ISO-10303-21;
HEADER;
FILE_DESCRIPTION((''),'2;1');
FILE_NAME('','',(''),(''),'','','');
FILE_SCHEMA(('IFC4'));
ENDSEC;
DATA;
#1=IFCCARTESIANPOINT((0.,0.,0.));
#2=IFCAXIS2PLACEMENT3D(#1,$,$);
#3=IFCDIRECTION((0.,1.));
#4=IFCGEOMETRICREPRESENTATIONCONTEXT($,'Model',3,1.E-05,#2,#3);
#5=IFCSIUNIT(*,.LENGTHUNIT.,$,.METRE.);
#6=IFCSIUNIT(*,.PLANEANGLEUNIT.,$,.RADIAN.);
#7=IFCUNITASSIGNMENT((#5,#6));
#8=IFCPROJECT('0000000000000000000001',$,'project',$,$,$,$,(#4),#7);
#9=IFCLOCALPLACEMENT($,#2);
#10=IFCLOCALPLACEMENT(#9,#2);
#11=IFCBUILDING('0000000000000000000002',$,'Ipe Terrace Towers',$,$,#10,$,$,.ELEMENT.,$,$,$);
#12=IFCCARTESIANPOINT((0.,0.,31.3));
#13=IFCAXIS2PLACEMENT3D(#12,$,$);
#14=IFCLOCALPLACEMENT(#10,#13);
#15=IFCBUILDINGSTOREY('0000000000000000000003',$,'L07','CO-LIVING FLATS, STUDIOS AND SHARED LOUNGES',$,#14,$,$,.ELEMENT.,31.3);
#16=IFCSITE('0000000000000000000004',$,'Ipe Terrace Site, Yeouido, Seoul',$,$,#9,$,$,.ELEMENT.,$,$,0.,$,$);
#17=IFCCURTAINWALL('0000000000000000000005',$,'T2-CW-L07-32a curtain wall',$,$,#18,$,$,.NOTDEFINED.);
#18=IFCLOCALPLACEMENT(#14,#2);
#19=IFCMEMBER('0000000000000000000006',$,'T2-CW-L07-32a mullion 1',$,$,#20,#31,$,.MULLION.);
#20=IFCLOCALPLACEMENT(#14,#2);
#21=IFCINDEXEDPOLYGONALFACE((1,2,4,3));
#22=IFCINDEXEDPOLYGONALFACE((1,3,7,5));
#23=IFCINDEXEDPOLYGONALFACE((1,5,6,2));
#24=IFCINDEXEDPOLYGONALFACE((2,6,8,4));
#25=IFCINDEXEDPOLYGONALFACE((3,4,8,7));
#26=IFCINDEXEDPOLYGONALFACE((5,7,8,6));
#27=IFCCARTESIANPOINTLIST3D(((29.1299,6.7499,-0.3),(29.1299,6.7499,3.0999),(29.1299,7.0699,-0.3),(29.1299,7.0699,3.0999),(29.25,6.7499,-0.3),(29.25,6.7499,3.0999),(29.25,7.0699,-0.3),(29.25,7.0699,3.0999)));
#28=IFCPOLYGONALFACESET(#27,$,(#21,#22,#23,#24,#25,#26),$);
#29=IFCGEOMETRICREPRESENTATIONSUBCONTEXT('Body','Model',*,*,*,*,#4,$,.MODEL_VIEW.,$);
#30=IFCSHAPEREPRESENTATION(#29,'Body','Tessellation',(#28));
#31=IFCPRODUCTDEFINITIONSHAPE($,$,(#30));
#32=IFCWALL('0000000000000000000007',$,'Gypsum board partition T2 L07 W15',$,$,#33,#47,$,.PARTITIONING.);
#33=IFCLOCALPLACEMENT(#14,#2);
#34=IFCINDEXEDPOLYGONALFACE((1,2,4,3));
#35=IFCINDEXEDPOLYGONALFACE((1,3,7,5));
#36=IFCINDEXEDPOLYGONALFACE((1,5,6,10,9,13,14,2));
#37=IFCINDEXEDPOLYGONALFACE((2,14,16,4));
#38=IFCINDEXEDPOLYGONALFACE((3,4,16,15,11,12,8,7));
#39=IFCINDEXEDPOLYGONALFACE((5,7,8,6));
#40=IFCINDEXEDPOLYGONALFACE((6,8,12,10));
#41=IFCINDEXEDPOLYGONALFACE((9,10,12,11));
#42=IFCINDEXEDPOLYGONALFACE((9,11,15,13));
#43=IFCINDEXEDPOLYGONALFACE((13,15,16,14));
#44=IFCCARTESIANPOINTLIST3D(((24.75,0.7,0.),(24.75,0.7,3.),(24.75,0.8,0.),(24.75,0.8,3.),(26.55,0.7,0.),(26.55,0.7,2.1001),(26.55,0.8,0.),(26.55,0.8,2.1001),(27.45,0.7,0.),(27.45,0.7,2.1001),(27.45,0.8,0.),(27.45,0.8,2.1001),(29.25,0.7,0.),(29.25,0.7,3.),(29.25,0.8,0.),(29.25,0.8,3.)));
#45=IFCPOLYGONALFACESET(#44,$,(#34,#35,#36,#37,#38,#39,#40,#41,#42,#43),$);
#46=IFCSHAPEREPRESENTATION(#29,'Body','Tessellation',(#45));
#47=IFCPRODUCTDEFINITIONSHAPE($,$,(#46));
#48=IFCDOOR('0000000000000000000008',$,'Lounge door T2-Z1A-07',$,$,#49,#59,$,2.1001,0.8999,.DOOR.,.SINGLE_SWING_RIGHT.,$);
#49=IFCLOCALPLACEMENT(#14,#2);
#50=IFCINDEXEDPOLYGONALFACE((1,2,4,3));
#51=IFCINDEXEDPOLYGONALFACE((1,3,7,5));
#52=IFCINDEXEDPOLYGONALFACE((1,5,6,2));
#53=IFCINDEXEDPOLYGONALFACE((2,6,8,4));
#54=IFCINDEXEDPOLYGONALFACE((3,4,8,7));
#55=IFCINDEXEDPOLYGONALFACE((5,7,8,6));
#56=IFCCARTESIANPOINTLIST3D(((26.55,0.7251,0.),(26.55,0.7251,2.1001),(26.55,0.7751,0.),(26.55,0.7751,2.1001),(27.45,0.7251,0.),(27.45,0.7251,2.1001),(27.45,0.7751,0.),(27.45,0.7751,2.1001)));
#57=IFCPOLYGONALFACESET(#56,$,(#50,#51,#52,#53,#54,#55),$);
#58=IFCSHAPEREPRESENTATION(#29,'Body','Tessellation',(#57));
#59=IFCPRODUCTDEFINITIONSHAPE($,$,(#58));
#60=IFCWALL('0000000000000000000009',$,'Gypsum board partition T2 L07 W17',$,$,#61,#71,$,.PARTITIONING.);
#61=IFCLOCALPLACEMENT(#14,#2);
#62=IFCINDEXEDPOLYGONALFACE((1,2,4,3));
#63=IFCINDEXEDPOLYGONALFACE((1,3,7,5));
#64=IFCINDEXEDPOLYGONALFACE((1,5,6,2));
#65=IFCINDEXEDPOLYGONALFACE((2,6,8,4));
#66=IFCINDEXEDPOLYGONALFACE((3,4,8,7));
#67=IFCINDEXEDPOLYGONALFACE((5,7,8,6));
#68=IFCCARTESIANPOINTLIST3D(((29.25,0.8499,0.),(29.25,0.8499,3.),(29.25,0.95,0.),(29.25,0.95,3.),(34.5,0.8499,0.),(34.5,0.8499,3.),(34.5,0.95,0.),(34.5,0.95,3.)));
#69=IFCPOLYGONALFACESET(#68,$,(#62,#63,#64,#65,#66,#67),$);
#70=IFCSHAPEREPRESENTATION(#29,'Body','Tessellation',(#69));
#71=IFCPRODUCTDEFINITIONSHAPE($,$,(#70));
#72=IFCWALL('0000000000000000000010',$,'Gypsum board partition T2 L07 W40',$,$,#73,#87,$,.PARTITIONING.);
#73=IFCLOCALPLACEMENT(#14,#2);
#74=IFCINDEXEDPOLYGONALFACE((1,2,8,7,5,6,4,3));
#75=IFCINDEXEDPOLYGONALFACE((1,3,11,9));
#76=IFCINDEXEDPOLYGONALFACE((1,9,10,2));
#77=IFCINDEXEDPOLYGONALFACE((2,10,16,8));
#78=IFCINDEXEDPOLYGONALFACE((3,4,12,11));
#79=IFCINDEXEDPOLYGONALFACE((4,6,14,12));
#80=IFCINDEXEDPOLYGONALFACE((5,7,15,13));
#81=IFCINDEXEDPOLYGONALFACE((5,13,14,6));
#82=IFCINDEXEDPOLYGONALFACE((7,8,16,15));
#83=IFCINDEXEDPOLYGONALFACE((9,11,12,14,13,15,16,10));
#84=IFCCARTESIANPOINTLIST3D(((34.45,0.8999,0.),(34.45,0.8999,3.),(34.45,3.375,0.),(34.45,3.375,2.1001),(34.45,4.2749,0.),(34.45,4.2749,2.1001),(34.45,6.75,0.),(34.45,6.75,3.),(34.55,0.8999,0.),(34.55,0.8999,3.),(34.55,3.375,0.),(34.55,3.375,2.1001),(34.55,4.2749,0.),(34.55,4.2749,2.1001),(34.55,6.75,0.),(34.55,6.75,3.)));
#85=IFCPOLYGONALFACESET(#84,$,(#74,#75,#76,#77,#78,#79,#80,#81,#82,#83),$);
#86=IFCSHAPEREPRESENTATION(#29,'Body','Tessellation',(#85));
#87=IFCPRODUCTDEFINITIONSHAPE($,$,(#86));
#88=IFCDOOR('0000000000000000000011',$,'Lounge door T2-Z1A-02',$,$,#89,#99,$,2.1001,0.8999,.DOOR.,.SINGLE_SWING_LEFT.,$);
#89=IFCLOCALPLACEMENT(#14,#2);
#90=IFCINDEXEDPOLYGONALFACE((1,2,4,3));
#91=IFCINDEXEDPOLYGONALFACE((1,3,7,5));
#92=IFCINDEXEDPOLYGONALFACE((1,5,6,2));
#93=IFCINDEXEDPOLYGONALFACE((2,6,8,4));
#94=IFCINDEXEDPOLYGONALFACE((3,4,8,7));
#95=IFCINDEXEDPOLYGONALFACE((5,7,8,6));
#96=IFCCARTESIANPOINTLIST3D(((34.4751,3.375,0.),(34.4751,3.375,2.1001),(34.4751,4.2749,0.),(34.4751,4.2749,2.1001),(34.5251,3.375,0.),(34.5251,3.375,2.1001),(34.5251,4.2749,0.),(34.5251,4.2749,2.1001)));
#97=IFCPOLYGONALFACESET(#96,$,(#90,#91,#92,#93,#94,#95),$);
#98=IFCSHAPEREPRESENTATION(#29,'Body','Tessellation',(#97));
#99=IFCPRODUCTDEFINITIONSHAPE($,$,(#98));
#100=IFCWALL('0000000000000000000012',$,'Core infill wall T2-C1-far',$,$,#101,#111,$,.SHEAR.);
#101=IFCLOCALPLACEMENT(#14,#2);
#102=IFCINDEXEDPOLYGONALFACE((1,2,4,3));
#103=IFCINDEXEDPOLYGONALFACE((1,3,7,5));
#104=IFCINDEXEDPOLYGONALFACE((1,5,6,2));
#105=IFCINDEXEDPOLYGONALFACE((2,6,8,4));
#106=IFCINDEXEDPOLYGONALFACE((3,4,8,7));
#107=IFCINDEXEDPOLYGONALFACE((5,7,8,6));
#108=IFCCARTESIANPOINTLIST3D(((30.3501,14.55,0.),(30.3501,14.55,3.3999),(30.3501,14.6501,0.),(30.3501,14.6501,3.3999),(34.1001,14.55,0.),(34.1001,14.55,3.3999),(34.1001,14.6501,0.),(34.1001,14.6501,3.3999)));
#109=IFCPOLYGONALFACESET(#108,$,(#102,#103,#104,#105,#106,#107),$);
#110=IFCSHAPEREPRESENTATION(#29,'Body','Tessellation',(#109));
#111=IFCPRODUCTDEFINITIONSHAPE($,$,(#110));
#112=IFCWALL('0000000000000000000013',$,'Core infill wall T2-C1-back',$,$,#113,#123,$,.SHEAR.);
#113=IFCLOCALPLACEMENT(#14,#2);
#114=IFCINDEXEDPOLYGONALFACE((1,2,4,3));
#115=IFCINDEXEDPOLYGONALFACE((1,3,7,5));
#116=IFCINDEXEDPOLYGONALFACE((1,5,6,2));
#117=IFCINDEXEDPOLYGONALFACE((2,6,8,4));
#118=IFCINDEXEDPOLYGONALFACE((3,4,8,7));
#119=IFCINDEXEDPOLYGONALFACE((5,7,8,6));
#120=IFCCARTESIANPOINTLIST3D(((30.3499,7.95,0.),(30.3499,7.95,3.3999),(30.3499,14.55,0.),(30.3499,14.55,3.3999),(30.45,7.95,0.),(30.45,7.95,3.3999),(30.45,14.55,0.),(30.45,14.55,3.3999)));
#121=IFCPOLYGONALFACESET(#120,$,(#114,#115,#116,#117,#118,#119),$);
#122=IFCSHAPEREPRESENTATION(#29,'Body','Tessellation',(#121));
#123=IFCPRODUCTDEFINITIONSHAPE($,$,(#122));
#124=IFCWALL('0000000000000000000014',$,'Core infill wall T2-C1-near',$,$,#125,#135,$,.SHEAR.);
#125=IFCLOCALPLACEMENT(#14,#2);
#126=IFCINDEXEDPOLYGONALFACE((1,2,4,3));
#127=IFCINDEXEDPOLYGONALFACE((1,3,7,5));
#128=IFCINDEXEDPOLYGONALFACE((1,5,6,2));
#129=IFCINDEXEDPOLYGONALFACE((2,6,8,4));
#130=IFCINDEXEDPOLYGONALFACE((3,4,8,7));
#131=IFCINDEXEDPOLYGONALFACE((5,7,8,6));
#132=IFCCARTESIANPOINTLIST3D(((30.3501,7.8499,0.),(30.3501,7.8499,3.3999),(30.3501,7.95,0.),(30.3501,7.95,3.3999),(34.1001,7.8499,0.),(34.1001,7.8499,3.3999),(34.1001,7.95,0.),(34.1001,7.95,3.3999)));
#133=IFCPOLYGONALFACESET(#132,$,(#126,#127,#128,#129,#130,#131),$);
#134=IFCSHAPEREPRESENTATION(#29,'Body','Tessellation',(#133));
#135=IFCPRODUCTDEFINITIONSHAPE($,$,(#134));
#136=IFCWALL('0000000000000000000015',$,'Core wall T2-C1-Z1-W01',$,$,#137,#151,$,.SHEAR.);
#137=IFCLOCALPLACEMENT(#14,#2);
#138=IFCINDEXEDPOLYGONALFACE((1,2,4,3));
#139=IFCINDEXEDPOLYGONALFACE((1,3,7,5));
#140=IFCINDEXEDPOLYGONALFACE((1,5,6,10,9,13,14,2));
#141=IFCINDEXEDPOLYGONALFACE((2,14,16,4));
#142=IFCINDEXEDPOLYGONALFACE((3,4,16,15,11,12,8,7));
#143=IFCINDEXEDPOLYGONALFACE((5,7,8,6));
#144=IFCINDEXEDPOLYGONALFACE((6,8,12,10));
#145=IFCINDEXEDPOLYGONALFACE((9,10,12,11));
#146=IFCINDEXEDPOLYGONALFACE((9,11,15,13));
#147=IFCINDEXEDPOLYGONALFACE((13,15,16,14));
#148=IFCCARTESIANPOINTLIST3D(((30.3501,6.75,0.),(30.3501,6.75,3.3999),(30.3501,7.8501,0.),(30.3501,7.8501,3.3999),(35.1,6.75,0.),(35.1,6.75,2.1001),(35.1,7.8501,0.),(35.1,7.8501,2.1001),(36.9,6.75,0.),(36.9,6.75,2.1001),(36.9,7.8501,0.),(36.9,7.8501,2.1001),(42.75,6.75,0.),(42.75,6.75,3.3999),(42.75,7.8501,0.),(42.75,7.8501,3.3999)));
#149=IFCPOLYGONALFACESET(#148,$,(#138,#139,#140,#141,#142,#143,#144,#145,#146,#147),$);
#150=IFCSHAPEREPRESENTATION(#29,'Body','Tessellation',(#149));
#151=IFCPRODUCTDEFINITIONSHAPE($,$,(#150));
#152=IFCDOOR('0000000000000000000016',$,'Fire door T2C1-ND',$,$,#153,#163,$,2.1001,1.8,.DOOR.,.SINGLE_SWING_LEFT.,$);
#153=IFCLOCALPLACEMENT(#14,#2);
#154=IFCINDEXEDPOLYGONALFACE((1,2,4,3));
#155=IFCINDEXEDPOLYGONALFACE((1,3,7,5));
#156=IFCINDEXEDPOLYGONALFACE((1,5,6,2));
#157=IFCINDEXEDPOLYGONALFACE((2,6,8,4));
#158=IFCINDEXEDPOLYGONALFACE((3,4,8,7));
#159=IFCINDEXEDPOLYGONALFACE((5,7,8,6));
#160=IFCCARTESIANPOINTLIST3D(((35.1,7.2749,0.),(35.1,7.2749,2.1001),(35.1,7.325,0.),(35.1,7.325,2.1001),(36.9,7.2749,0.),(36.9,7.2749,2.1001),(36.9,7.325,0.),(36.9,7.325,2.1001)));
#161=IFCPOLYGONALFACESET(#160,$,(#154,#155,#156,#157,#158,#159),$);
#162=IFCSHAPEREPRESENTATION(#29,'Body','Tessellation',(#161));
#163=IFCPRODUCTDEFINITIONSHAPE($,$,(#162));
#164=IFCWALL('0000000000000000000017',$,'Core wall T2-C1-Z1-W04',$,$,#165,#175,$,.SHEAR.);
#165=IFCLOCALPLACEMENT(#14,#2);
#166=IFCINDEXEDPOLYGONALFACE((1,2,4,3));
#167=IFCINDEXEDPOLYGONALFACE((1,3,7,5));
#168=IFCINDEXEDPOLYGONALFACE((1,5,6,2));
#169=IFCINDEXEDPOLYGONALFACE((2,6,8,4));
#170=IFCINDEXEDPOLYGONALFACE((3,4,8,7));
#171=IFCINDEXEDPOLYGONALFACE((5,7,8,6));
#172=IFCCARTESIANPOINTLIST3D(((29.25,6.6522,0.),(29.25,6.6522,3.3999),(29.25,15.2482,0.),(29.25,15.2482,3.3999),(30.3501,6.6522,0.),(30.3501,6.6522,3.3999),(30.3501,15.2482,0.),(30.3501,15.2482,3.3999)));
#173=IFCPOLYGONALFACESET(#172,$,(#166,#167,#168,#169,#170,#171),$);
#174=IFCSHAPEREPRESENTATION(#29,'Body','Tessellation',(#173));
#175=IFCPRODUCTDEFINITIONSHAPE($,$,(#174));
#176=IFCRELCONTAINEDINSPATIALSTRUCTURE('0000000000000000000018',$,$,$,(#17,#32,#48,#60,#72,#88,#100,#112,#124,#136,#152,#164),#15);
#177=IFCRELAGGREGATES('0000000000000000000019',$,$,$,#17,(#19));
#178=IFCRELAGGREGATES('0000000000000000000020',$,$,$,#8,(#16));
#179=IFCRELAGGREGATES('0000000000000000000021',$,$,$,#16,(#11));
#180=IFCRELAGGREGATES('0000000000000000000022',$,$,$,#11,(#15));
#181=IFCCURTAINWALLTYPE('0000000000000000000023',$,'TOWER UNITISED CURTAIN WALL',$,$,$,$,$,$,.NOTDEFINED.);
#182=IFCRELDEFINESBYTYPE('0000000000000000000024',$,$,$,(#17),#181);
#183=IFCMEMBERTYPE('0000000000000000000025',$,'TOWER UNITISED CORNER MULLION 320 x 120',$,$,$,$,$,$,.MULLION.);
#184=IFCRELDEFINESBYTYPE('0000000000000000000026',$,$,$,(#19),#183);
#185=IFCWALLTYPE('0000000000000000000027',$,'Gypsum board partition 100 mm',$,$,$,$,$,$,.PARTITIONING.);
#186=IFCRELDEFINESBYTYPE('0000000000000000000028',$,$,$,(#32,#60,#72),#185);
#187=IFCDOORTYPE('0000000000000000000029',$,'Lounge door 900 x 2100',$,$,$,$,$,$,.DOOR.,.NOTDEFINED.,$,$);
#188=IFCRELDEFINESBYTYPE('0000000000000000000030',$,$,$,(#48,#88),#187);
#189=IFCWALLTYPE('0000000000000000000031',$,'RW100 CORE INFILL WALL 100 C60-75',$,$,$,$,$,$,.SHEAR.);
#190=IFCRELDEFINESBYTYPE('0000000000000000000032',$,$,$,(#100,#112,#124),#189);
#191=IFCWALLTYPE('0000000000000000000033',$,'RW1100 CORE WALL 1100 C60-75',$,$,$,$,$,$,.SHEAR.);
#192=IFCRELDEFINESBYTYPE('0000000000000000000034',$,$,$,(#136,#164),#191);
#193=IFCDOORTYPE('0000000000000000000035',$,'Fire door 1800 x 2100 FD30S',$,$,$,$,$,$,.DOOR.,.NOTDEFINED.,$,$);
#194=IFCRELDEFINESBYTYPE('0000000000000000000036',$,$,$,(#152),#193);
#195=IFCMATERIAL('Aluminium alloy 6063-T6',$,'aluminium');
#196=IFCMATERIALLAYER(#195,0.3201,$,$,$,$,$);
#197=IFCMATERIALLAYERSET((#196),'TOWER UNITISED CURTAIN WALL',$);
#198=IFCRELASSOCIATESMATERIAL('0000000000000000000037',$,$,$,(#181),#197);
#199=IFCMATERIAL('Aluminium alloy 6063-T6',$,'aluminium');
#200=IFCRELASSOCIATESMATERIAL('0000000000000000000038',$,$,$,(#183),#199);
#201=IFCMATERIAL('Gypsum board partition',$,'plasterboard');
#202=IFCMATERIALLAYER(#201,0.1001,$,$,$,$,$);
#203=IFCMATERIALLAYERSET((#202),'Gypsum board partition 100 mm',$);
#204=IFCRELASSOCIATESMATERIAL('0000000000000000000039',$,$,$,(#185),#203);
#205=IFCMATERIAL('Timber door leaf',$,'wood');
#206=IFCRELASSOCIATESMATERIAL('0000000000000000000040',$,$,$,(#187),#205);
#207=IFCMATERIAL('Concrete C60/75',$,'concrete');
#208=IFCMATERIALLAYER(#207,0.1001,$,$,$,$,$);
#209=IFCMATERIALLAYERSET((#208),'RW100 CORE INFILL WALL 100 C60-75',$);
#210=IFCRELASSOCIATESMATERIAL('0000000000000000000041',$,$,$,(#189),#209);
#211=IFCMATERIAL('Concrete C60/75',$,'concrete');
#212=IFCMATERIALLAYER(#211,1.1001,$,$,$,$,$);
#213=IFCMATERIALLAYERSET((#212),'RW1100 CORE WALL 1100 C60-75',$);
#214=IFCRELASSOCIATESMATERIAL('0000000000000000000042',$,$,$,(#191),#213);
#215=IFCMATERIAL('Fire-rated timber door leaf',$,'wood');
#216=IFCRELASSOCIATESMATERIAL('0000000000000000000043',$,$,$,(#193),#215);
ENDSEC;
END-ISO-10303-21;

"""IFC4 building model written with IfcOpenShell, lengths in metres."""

from ifc_helpers import new_model, si_unit, direction, frame, frame_2d, origin, origin_2d, place, context, subcontext, project, spatial, rectangle, extrude, material, layer, layer_set, material_profile, profile_set, type_object, element, fill, aggregate, save


model = new_model("IFC4")

# Units and contexts
model_context = context("Model", 3, precision=1e-05, world=origin(), true_north=direction((0.0, 1.0)))
body_context = subcontext(model_context, "Body", "Model", "MODEL_VIEW")
ifc_project = project(units=[si_unit("LENGTHUNIT", "METRE"), si_unit("PLANEANGLEUNIT", "RADIAN")], contexts=[model_context])

# Site, building, storey
site_placement = place(None, origin())
site = spatial("IfcSite", under=ifc_project, at=site_placement, Name="Ipe Terrace Site, Yeouido, Seoul", CompositionType="ELEMENT", RefElevation=0.0)
building_placement = place(site_placement, origin())
building = spatial("IfcBuilding", under=site, at=building_placement, Name="Ipe Terrace Towers", CompositionType="ELEMENT")
storey_placement = place(building_placement, frame((0.0, 0.0, 31.3)))
storey = spatial("IfcBuildingStorey", under=building, at=storey_placement, Name="L07", Description="CO-LIVING FLATS, STUDIOS AND SHARED LOUNGES", CompositionType="ELEMENT", Elevation=31.3)

# Curtain wall, member
ifc_material_1 = material(Name="Aluminium alloy 6063-T6", Category="aluminium")
ifc_layer_1 = layer(ifc_material_1, 0.3201)
ifc_layer_set_1 = layer_set([ifc_layer_1], Name="TOWER UNITISED CURTAIN WALL")
curtain_wall_type = type_object("IfcCurtainWallType", Name="TOWER UNITISED CURTAIN WALL", PredefinedType="NOTDEFINED", material=ifc_layer_set_1)
curtain_wall_placement = place(storey_placement, origin())
curtain_wall = element("IfcCurtainWall", 1, at=curtain_wall_placement, inside=storey, type_object=curtain_wall_type, Name="T2-CW-L07-32a curtain wall", PredefinedType="NOTDEFINED")
ifc_material_2 = material(Name="Aluminium alloy 6063-T6", Category="aluminium")
ifc_material_profile_1 = material_profile(ifc_material_2, rectangle(XDim=0.3201, YDim=0.1201, at=origin_2d()), Name="TOWER UNITISED CORNER MULLION 320 x 120")
ifc_profile_set_1 = profile_set([ifc_material_profile_1], Name="Aluminium alloy 6063-T6")
member_type = type_object("IfcMemberType", Name="TOWER UNITISED CORNER MULLION 320 x 120", PredefinedType="MULLION", material=ifc_profile_set_1)
member_placement = place(storey_placement, frame((29.1899, 6.9099, -0.3), z_axis=(0.0, 0.0, 1.0), x_axis=(0.0, 1.0, 0.0)))
member = element("IfcMember", 2, at=member_placement, type_object=member_type, Name="T2-CW-L07-32a mullion 1", PredefinedType="MULLION", context=body_context, shape_type="SweptSolid", body=[
    extrude(rectangle(XDim=0.3201, YDim=0.1201, at=origin_2d()), origin(), (0.0, 0.0, 1.0), 3.3999),
])
aggregate(curtain_wall, [member])

# Wall, opening, door
ifc_material_3 = material(Name="Gypsum board partition", Category="plasterboard")
ifc_layer_2 = layer(ifc_material_3, 0.1001)
ifc_layer_set_2 = layer_set([ifc_layer_2], Name="Gypsum board partition 100 mm")
wall_type_1 = type_object("IfcWallType", Name="Gypsum board partition 100 mm", PredefinedType="PARTITIONING", material=ifc_layer_set_2)
wall_1_placement = place(storey_placement, frame((29.25, 0.75, 0.0), z_axis=(0.0, 0.0, 1.0), x_axis=(-1.0, 0.0, 0.0)))
wall_1 = element("IfcWall", 3, at=wall_1_placement, inside=storey, type_object=wall_type_1, Name="Gypsum board partition T2 L07 W15", PredefinedType="PARTITIONING", context=body_context, shape_type="SweptSolid", body=[
    extrude(rectangle(XDim=4.5, YDim=0.1001, at=frame_2d((2.25, 0.0))), origin(), (0.0, 0.0, 1.0), 3.0),
])
opening_1_placement = place(wall_1_placement, frame((1.8, 0.0, 0.0)))
opening_1 = element("IfcOpeningElement", 4, at=opening_1_placement, cuts=wall_1, PredefinedType="OPENING", context=body_context, shape_type="SweptSolid", body=[
    extrude(rectangle(XDim=0.8999, YDim=2.1001, at=frame_2d((0.45, 1.05))), frame((0.0, 0.0601, 0.0), z_axis=(0.0, -1.0, 0.0), x_axis=(1.0, 0.0, 0.0)), (0.0, 0.0, 1.0), 0.1201),
])
ifc_material_4 = material(Name="Timber door leaf", Category="wood")
door_type_1 = type_object("IfcDoorType", Name="Lounge door 900 x 2100", OperationType="NOTDEFINED", PredefinedType="DOOR", material=ifc_material_4)
door_1_placement = place(opening_1_placement, origin())
door_1 = element("IfcDoor", 5, at=door_1_placement, inside=storey, type_object=door_type_1, Name="Lounge door T2-Z1A-07", OperationType="SINGLE_SWING_RIGHT", OverallHeight=2.1001, OverallWidth=0.8999, PredefinedType="DOOR", context=body_context, shape_type="SweptSolid", body=[
    extrude(rectangle(XDim=0.8999, YDim=2.1001, at=frame_2d((0.45, 1.05))), frame((0.0, 0.0249, 0.0), z_axis=(0.0, -1.0, 0.0), x_axis=(1.0, 0.0, 0.0)), (0.0, 0.0, 1.0), 0.05),
])
fill(opening_1, door_1)

# Wall
wall_2_placement = place(storey_placement, frame((34.5, 0.8999, 0.0), z_axis=(0.0, 0.0, 1.0), x_axis=(-1.0, 0.0, 0.0)))
element("IfcWall", 6, at=wall_2_placement, inside=storey, type_object=wall_type_1, Name="Gypsum board partition T2 L07 W17", PredefinedType="PARTITIONING", context=body_context, shape_type="SweptSolid", body=[
    extrude(rectangle(XDim=5.25, YDim=0.1001, at=frame_2d((2.625, 0.0))), origin(), (0.0, 0.0, 1.0), 3.0),
])

# Wall, opening, door
wall_3_placement = place(storey_placement, frame((34.5, 0.8999, 0.0), z_axis=(0.0, 0.0, 1.0), x_axis=(0.0, 1.0, 0.0)))
wall_3 = element("IfcWall", 7, at=wall_3_placement, inside=storey, type_object=wall_type_1, Name="Gypsum board partition T2 L07 W40", PredefinedType="PARTITIONING", context=body_context, shape_type="SweptSolid", body=[
    extrude(rectangle(XDim=5.8501, YDim=0.1001, at=frame_2d((2.925, 0.0))), origin(), (0.0, 0.0, 1.0), 3.0),
])
opening_2_placement = place(wall_3_placement, frame((2.4751, 0.0, 0.0)))
opening_2 = element("IfcOpeningElement", 8, at=opening_2_placement, cuts=wall_3, PredefinedType="OPENING", context=body_context, shape_type="SweptSolid", body=[
    extrude(rectangle(XDim=0.8999, YDim=2.1001, at=frame_2d((0.45, 1.05))), frame((0.0, 0.0601, 0.0), z_axis=(0.0, -1.0, 0.0), x_axis=(1.0, 0.0, 0.0)), (0.0, 0.0, 1.0), 0.1201),
])
door_2_placement = place(opening_2_placement, origin())
door_2 = element("IfcDoor", 9, at=door_2_placement, inside=storey, type_object=door_type_1, Name="Lounge door T2-Z1A-02", OperationType="SINGLE_SWING_LEFT", OverallHeight=2.1001, OverallWidth=0.8999, PredefinedType="DOOR", context=body_context, shape_type="SweptSolid", body=[
    extrude(rectangle(XDim=0.8999, YDim=2.1001, at=frame_2d((0.45, 1.05))), frame((0.0, 0.0249, 0.0), z_axis=(0.0, -1.0, 0.0), x_axis=(1.0, 0.0, 0.0)), (0.0, 0.0, 1.0), 0.05),
])
fill(opening_2, door_2)

# Walls
ifc_material_5 = material(Name="Concrete C60/75", Category="concrete")
ifc_layer_3 = layer(ifc_material_5, 0.1001)
ifc_layer_set_3 = layer_set([ifc_layer_3], Name="RW100 CORE INFILL WALL 100 C60-75")
wall_type_2 = type_object("IfcWallType", Name="RW100 CORE INFILL WALL 100 C60-75", PredefinedType="SHEAR", material=ifc_layer_set_3)
wall_4_placement = place(storey_placement, frame((34.1001, 14.6001, 0.0), z_axis=(0.0, 0.0, 1.0), x_axis=(-1.0, 0.0, 0.0)))
element("IfcWall", 10, at=wall_4_placement, inside=storey, type_object=wall_type_2, Name="Core infill wall T2-C1-far", PredefinedType="SHEAR", context=body_context, shape_type="SweptSolid", body=[
    extrude(rectangle(XDim=3.75, YDim=0.1001, at=frame_2d((1.875, 0.0))), origin(), (0.0, 0.0, 1.0), 3.3999),
])
wall_5_placement = place(storey_placement, frame((30.3999, 7.95, 0.0), z_axis=(0.0, 0.0, 1.0), x_axis=(0.0, 1.0, 0.0)))
element("IfcWall", 11, at=wall_5_placement, inside=storey, type_object=wall_type_2, Name="Core infill wall T2-C1-back", PredefinedType="SHEAR", context=body_context, shape_type="SweptSolid", body=[
    extrude(rectangle(XDim=6.6001, YDim=0.1001, at=frame_2d((3.3, 0.0))), origin(), (0.0, 0.0, 1.0), 3.3999),
])
wall_6_placement = place(storey_placement, frame((34.1001, 7.8999, 0.0), z_axis=(0.0, 0.0, 1.0), x_axis=(-1.0, 0.0, 0.0)))
element("IfcWall", 12, at=wall_6_placement, inside=storey, type_object=wall_type_2, Name="Core infill wall T2-C1-near", PredefinedType="SHEAR", context=body_context, shape_type="SweptSolid", body=[
    extrude(rectangle(XDim=3.75, YDim=0.1001, at=frame_2d((1.875, 0.0))), origin(), (0.0, 0.0, 1.0), 3.3999),
])

# Wall, opening, door
ifc_material_6 = material(Name="Concrete C60/75", Category="concrete")
ifc_layer_4 = layer(ifc_material_6, 1.1001)
ifc_layer_set_4 = layer_set([ifc_layer_4], Name="RW1100 CORE WALL 1100 C60-75")
wall_type_3 = type_object("IfcWallType", Name="RW1100 CORE WALL 1100 C60-75", PredefinedType="SHEAR", material=ifc_layer_set_4)
wall_7_placement = place(storey_placement, frame((30.3501, 7.3, 0.0), z_axis=(0.0, 0.0, 1.0), x_axis=(1.0, 0.0, 0.0)))
wall_7 = element("IfcWall", 13, at=wall_7_placement, inside=storey, type_object=wall_type_3, Name="Core wall T2-C1-Z1-W01", PredefinedType="SHEAR", context=body_context, shape_type="SweptSolid", body=[
    extrude(rectangle(XDim=12.3999, YDim=1.1001, at=frame_2d((6.2, 0.0))), origin(), (0.0, 0.0, 1.0), 3.3999),
])
opening_3_placement = place(wall_7_placement, frame((4.75, 0.0, 0.0)))
opening_3 = element("IfcOpeningElement", 14, at=opening_3_placement, cuts=wall_7, PredefinedType="OPENING", context=body_context, shape_type="SweptSolid", body=[
    extrude(rectangle(XDim=1.8, YDim=2.1001, at=frame_2d((0.8999, 1.05))), frame((0.0, 0.5601, 0.0), z_axis=(0.0, -1.0, 0.0), x_axis=(1.0, 0.0, 0.0)), (0.0, 0.0, 1.0), 1.1201),
])
ifc_material_7 = material(Name="Fire-rated timber door leaf", Category="wood")
door_type_2 = type_object("IfcDoorType", Name="Fire door 1800 x 2100 FD30S", OperationType="NOTDEFINED", PredefinedType="DOOR", material=ifc_material_7)
door_3_placement = place(opening_3_placement, origin())
door_3 = element("IfcDoor", 15, at=door_3_placement, inside=storey, type_object=door_type_2, Name="Fire door T2C1-ND", OperationType="SINGLE_SWING_LEFT", OverallHeight=2.1001, OverallWidth=1.8, PredefinedType="DOOR", context=body_context, shape_type="SweptSolid", body=[
    extrude(rectangle(XDim=1.8, YDim=2.1001, at=frame_2d((0.8999, 1.05))), frame((0.0, 0.0249, 0.0), z_axis=(0.0, -1.0, 0.0), x_axis=(1.0, 0.0, 0.0)), (0.0, 0.0, 1.0), 0.05),
])
fill(opening_3, door_3)

# Wall
wall_8_placement = place(storey_placement, frame((29.8, 15.248, 0.0), z_axis=(0.0, 0.0, 1.0), x_axis=(0.0, -1.0, 0.0)))
element("IfcWall", 16, at=wall_8_placement, inside=storey, type_object=wall_type_3, Name="Core wall T2-C1-Z1-W04", PredefinedType="SHEAR", context=body_context, shape_type="SweptSolid", body=[
    extrude(rectangle(XDim=8.5959, YDim=1.1001, at=frame_2d((4.2979, 0.0))), origin(), (0.0, 0.0, 1.0), 3.3999),
])

save(model, "model.ifc")
